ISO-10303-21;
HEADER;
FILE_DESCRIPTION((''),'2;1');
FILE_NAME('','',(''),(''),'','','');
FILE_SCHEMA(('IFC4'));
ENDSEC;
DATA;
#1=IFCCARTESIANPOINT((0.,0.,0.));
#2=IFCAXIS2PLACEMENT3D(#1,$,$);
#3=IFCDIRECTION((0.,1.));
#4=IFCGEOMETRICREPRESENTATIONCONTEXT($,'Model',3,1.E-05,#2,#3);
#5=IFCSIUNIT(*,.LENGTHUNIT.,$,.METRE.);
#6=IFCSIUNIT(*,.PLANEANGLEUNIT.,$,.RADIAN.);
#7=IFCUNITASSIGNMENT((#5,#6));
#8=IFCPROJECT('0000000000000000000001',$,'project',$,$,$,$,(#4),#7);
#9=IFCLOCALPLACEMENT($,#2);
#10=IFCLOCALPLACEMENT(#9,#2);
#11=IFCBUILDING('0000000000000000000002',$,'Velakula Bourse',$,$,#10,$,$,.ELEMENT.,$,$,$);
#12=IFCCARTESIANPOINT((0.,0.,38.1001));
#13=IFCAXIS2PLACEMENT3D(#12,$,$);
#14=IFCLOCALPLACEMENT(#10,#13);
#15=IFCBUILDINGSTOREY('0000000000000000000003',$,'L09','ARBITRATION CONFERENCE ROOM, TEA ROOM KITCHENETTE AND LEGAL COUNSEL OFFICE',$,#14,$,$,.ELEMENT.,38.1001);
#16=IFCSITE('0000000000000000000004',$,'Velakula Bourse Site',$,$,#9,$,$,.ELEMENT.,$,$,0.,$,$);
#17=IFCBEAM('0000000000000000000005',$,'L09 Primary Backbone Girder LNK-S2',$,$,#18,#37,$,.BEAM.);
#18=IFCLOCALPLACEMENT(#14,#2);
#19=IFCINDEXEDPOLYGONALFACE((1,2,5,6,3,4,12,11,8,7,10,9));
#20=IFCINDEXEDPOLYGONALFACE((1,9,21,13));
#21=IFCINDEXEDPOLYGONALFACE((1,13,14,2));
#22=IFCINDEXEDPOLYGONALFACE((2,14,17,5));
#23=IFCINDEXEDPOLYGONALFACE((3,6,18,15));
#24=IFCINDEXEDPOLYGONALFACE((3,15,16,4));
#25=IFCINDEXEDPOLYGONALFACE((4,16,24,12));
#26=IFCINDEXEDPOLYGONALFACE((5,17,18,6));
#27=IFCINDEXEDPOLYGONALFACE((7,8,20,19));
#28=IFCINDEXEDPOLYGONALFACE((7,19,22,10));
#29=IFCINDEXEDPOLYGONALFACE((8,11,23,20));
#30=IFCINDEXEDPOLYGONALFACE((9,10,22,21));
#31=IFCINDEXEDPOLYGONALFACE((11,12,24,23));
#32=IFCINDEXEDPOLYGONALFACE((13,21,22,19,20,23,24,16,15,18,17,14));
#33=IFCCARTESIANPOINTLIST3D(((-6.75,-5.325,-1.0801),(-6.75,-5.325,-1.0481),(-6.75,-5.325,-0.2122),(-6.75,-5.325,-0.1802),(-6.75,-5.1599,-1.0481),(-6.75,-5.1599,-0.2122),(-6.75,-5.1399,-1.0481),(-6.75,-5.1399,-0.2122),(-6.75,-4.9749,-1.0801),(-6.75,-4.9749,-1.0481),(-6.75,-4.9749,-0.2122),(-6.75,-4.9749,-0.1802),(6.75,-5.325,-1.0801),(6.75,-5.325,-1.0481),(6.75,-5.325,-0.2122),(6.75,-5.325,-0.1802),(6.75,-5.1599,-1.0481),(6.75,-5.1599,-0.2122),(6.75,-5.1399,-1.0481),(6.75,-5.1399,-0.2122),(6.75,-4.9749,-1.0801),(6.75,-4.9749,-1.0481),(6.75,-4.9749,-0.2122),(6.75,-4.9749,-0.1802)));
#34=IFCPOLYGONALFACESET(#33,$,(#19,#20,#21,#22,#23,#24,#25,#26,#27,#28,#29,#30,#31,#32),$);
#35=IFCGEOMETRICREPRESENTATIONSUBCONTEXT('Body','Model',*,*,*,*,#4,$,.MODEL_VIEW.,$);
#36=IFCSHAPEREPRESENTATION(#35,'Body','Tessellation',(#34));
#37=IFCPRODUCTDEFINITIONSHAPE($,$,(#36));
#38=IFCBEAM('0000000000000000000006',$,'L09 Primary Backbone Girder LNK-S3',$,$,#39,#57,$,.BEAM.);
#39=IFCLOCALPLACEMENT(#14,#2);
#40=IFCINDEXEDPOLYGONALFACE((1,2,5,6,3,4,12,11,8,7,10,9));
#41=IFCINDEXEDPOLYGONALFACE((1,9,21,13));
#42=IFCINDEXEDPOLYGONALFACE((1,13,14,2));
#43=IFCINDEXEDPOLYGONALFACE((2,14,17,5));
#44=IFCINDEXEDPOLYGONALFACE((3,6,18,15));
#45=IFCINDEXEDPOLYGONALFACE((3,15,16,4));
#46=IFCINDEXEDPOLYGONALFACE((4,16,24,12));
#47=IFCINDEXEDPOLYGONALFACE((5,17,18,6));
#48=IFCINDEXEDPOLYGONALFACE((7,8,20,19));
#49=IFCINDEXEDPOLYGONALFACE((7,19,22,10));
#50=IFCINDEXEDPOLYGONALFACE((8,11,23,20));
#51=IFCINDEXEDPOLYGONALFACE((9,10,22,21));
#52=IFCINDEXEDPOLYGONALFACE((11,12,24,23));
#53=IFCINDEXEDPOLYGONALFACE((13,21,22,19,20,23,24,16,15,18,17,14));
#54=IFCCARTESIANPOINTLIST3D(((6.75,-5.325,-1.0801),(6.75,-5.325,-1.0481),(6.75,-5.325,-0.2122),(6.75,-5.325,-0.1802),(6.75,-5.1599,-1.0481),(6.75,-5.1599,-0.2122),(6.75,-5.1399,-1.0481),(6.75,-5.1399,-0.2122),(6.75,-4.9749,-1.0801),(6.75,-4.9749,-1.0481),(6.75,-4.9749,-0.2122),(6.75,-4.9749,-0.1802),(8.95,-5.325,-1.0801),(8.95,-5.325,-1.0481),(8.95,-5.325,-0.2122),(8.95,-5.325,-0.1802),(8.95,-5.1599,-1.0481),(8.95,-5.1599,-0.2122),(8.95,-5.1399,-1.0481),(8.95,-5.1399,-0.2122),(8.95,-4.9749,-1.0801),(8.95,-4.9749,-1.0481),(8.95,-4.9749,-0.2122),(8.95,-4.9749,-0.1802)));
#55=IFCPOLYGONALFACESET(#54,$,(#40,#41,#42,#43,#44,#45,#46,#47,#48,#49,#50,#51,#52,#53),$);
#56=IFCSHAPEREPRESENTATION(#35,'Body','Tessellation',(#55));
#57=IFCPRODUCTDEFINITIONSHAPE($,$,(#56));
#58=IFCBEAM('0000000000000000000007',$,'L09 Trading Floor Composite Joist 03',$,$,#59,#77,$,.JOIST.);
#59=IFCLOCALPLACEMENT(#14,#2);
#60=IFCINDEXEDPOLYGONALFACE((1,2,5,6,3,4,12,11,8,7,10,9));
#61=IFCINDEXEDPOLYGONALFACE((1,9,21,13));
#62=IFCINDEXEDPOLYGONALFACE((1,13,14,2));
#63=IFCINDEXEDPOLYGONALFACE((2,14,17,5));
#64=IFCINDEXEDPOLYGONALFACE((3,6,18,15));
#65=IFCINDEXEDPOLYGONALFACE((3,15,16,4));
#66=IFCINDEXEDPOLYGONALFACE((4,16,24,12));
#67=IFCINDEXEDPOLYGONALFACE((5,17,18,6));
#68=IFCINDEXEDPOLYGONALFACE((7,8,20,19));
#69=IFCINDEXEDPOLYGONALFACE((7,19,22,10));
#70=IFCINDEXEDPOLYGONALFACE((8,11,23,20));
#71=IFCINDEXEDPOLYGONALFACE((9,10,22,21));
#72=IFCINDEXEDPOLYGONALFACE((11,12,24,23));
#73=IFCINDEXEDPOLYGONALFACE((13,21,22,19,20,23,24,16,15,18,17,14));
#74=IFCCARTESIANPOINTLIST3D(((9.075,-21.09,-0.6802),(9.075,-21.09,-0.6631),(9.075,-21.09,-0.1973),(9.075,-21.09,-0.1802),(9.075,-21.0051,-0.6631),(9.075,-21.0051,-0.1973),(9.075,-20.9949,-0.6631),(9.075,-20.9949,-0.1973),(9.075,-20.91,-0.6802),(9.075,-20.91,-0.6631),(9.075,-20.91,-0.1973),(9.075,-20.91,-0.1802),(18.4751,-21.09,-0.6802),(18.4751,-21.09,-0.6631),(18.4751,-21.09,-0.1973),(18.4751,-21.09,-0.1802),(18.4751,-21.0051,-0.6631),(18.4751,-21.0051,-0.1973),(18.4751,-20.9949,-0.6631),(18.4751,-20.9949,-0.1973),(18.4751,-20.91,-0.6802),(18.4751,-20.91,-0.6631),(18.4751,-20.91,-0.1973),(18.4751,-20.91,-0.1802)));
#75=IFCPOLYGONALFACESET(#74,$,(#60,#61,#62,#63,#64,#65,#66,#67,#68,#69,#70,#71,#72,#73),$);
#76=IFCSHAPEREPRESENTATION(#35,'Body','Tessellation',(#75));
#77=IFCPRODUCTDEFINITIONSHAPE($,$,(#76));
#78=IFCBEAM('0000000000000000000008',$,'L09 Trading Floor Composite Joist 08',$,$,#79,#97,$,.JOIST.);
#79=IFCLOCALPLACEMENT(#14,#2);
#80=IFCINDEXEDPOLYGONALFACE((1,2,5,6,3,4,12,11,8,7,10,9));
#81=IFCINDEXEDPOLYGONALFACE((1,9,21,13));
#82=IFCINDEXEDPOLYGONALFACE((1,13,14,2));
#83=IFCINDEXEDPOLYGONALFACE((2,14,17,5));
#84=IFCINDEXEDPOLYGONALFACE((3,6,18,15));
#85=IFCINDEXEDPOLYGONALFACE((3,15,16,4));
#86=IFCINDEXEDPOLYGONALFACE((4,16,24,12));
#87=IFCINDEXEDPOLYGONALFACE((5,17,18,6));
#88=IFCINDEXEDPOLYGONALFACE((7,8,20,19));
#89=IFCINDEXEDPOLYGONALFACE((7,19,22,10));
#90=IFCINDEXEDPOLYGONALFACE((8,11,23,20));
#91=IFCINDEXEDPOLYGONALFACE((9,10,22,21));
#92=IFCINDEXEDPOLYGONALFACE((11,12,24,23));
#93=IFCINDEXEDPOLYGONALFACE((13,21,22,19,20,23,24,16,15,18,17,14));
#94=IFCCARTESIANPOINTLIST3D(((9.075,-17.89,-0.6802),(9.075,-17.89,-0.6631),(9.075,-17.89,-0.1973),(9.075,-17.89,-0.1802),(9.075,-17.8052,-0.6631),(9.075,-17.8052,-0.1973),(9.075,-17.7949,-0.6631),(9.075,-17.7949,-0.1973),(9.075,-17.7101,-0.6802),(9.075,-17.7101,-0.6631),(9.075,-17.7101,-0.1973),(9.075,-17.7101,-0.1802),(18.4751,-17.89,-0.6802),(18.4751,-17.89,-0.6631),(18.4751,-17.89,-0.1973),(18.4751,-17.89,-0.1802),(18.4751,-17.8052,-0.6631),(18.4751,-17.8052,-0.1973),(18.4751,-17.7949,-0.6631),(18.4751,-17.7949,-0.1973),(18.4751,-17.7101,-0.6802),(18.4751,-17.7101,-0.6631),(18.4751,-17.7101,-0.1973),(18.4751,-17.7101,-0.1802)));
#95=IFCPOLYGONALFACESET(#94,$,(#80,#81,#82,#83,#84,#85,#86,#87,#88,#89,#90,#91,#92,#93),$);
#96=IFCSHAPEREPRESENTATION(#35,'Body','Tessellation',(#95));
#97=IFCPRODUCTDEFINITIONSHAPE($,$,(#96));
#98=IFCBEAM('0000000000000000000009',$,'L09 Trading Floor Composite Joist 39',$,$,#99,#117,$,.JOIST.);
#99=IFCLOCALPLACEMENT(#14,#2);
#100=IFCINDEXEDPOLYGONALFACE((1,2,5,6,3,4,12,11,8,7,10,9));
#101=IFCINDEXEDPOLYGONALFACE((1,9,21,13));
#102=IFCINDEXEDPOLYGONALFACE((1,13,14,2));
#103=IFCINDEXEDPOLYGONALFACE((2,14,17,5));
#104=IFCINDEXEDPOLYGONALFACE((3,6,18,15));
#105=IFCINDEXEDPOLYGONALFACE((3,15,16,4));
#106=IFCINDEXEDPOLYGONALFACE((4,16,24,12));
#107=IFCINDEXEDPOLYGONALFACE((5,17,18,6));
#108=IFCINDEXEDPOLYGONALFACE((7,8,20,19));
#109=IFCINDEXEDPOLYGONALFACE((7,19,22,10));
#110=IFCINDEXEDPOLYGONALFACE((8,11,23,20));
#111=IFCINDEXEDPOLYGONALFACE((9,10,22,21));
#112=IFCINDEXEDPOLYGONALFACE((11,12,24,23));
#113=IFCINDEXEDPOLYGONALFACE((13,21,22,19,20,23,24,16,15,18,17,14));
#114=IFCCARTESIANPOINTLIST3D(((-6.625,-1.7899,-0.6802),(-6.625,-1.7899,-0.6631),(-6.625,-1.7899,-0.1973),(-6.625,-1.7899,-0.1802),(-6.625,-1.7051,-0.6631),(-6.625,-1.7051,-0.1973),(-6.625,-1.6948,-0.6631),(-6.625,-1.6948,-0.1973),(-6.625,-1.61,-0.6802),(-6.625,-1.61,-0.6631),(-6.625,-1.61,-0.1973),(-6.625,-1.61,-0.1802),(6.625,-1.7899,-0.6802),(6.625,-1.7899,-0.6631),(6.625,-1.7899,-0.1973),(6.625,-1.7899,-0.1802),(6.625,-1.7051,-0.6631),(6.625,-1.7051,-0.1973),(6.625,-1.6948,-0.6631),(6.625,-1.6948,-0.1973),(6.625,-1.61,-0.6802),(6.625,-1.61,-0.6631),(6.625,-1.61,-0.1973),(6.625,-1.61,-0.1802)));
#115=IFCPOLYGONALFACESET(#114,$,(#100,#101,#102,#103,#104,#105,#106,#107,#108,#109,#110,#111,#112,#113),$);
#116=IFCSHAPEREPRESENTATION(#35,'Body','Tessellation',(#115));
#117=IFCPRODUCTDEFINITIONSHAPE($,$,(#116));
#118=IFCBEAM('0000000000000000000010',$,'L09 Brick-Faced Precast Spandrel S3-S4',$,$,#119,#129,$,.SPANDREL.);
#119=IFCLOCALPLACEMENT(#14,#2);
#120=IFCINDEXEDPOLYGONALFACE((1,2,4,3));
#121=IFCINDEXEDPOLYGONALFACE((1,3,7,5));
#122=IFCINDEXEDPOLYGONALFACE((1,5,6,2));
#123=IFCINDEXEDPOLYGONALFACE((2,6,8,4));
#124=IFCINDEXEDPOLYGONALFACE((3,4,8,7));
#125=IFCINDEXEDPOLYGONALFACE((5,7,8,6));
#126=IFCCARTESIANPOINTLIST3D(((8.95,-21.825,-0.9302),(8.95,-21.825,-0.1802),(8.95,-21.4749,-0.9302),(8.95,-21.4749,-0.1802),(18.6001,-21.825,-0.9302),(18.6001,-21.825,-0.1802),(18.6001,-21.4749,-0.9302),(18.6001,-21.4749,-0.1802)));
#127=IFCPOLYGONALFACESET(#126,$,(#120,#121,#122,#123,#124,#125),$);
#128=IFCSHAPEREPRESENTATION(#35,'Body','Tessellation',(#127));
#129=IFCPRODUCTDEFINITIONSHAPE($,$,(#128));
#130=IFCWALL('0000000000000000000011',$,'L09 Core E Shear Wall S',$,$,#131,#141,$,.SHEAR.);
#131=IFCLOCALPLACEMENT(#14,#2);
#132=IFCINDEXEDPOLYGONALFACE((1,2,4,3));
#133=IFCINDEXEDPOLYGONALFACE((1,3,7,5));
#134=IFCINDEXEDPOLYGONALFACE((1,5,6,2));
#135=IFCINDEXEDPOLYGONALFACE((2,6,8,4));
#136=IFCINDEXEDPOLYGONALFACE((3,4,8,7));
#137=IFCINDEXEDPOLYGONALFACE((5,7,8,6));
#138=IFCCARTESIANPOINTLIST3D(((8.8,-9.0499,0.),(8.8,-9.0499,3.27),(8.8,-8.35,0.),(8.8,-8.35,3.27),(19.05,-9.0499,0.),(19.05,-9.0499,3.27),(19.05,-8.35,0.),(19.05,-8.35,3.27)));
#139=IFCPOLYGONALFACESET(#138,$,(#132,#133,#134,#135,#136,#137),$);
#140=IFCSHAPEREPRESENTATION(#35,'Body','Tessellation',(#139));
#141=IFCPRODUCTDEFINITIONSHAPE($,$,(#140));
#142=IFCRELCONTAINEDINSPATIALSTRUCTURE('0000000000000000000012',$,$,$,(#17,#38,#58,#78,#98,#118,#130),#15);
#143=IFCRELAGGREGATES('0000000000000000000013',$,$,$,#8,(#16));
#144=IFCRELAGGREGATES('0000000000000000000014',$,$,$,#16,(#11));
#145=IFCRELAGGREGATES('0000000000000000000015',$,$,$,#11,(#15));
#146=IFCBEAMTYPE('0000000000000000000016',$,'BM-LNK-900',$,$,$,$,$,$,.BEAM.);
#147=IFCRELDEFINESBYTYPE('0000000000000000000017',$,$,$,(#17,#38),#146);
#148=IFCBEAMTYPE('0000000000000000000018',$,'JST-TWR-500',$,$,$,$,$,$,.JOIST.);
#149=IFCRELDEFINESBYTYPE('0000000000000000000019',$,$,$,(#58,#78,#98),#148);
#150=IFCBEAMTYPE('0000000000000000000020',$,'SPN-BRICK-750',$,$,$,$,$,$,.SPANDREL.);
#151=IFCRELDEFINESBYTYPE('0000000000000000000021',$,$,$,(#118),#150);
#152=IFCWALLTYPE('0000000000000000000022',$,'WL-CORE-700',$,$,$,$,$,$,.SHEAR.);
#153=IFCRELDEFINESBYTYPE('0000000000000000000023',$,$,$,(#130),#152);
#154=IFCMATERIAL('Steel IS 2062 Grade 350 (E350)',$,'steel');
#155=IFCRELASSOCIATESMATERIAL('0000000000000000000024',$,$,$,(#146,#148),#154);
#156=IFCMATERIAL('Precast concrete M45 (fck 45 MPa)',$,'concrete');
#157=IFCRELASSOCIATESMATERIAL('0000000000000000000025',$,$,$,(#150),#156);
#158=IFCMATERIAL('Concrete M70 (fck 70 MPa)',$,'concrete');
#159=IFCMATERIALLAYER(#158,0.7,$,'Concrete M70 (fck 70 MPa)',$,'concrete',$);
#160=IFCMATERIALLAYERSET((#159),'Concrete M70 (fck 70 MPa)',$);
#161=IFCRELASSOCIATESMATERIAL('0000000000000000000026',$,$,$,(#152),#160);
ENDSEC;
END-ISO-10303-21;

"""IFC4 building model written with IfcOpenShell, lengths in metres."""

from ifc_helpers import new_model, si_unit, direction, frame, frame_2d, origin, origin_2d, place, context, subcontext, project, spatial, rectangle, i_section, extrude, material, layer, layer_set, material_profile, profile_set, type_object, element, save


model = new_model("IFC4")

# Units and contexts
model_context = context("Model", 3, precision=1e-05, world=origin(), true_north=direction((0.0, 1.0)))
body_context = subcontext(model_context, "Body", "Model", "MODEL_VIEW")
ifc_project = project(units=[si_unit("LENGTHUNIT", "METRE"), si_unit("PLANEANGLEUNIT", "RADIAN")], contexts=[model_context])

# Site, building, storey
site_placement = place(None, origin())
site = spatial("IfcSite", under=ifc_project, at=site_placement, Name="Velakula Bourse Site", CompositionType="ELEMENT", RefElevation=0.0)
building_placement = place(site_placement, origin())
building = spatial("IfcBuilding", under=site, at=building_placement, Name="Velakula Bourse", CompositionType="ELEMENT")
storey_placement = place(building_placement, frame((0.0, 0.0, 38.1001)))
storey = spatial("IfcBuildingStorey", under=building, at=storey_placement, Name="L09", Description="ARBITRATION CONFERENCE ROOM, TEA ROOM KITCHENETTE AND LEGAL COUNSEL OFFICE", CompositionType="ELEMENT", Elevation=38.1001)

# Shared definitions
ifc_material_1 = material(Name="Concrete M70 (fck 70 MPa)", Category="concrete")

# Beams
ifc_material_2 = material(Name="Steel IS 2062 Grade 350 (E350)", Category="steel")
ifc_material_profile_1 = material_profile(ifc_material_2, i_section(OverallWidth=0.3501, OverallDepth=0.8999, WebThickness=0.02, FlangeThickness=0.032, at=origin_2d()), Name="Steel IS 2062 Grade 350 (E350)")
ifc_profile_set_1 = profile_set([ifc_material_profile_1], Name="Steel IS 2062 Grade 350 (E350)")
beam_type_1 = type_object("IfcBeamType", Name="BM-LNK-900", PredefinedType="BEAM", material=ifc_profile_set_1)
beam_1_placement = place(storey_placement, frame((-6.75, -5.1499, -0.6301), z_axis=(1.0, 0.0, 0.0), x_axis=(0.0, 1.0, 0.0)))
element("IfcBeam", 1, at=beam_1_placement, inside=storey, type_object=beam_type_1, Name="L09 Primary Backbone Girder LNK-S2", PredefinedType="BEAM", context=body_context, shape_type="SweptSolid", body=[
    extrude(i_section(OverallWidth=0.3501, OverallDepth=0.8999, WebThickness=0.02, FlangeThickness=0.032, at=origin_2d()), origin(), (0.0, 0.0, 1.0), 13.5),
])
beam_2_placement = place(storey_placement, frame((6.75, -5.1499, -0.6301), z_axis=(1.0, 0.0, 0.0), x_axis=(0.0, 1.0, 0.0)))
element("IfcBeam", 2, at=beam_2_placement, inside=storey, type_object=beam_type_1, Name="L09 Primary Backbone Girder LNK-S3", PredefinedType="BEAM", context=body_context, shape_type="SweptSolid", body=[
    extrude(i_section(OverallWidth=0.3501, OverallDepth=0.8999, WebThickness=0.02, FlangeThickness=0.032, at=origin_2d()), origin(), (0.0, 0.0, 1.0), 2.2),
])
ifc_material_profile_2 = material_profile(ifc_material_2, i_section(OverallWidth=0.1799, OverallDepth=0.5, WebThickness=0.0103, FlangeThickness=0.0171, at=origin_2d()), Name="Steel IS 2062 Grade 350 (E350)")
ifc_profile_set_2 = profile_set([ifc_material_profile_2], Name="Steel IS 2062 Grade 350 (E350)")
beam_type_2 = type_object("IfcBeamType", Name="JST-TWR-500", PredefinedType="JOIST", material=ifc_profile_set_2)
for number, where, z_axis, x_axis, name in (
    (3, (9.075, -21.0, -0.4302), (1.0, 0.0, 0.0), (0.0, 1.0, 0.0), "L09 Trading Floor Composite Joist 03"),
    (4, (9.075, -17.8, -0.4302), (1.0, 0.0, 0.0), (0.0, 1.0, 0.0), "L09 Trading Floor Composite Joist 08"),
):
    element("IfcBeam", number, at=place(storey_placement, frame(where, z_axis=z_axis, x_axis=x_axis)), inside=storey, type_object=beam_type_2, Name=name, PredefinedType="JOIST", context=body_context, shape_type="SweptSolid", body=[
        extrude(i_section(OverallWidth=0.1799, OverallDepth=0.5, WebThickness=0.0103, FlangeThickness=0.0171, at=origin_2d()), origin(), (0.0, 0.0, 1.0), 9.4001),
    ])
beam_3_placement = place(storey_placement, frame((-6.625, -1.7, -0.4302), z_axis=(1.0, 0.0, 0.0), x_axis=(0.0, 1.0, 0.0)))
element("IfcBeam", 5, at=beam_3_placement, inside=storey, type_object=beam_type_2, Name="L09 Trading Floor Composite Joist 39", PredefinedType="JOIST", context=body_context, shape_type="SweptSolid", body=[
    extrude(i_section(OverallWidth=0.1799, OverallDepth=0.5, WebThickness=0.0103, FlangeThickness=0.0171, at=origin_2d()), origin(), (0.0, 0.0, 1.0), 13.25),
])
ifc_material_3 = material(Name="Precast concrete M45 (fck 45 MPa)", Category="concrete")
ifc_material_profile_3 = material_profile(ifc_material_3, rectangle(XDim=0.3501, YDim=0.75, at=origin_2d()), Name="Precast concrete M45 (fck 45 MPa)")
ifc_profile_set_3 = profile_set([ifc_material_profile_3], Name="Precast concrete M45 (fck 45 MPa)")
beam_type_3 = type_object("IfcBeamType", Name="SPN-BRICK-750", PredefinedType="SPANDREL", material=ifc_profile_set_3)
beam_4_placement = place(storey_placement, frame((8.95, -21.6499, -0.5552), z_axis=(1.0, 0.0, 0.0), x_axis=(0.0, 1.0, 0.0)))
element("IfcBeam", 6, at=beam_4_placement, inside=storey, type_object=beam_type_3, Name="L09 Brick-Faced Precast Spandrel S3-S4", PredefinedType="SPANDREL", context=body_context, shape_type="SweptSolid", body=[
    extrude(rectangle(XDim=0.3501, YDim=0.75, at=origin_2d()), origin(), (0.0, 0.0, 1.0), 9.6501),
])

# Wall
ifc_layer_1 = layer(ifc_material_1, 0.7, Name="Concrete M70 (fck 70 MPa)", Category="concrete")
ifc_layer_set_1 = layer_set([ifc_layer_1], Name="Concrete M70 (fck 70 MPa)")
wall_type_1 = type_object("IfcWallType", Name="WL-CORE-700", PredefinedType="SHEAR", material=ifc_layer_set_1)
wall_1_placement = place(storey_placement, frame((8.8, -8.7, 0.0), z_axis=(0.0, 0.0, 1.0), x_axis=(1.0, 0.0, 0.0)))
element("IfcWall", 7, at=wall_1_placement, inside=storey, type_object=wall_type_1, Name="L09 Core E Shear Wall S", PredefinedType="SHEAR", context=body_context, shape_type="SweptSolid", body=[
    extrude(rectangle(XDim=10.25, YDim=0.7, at=frame_2d((5.125, 0.0))), origin(), (0.0, 0.0, 1.0), 3.27),
])

save(model, "model.ifc")
